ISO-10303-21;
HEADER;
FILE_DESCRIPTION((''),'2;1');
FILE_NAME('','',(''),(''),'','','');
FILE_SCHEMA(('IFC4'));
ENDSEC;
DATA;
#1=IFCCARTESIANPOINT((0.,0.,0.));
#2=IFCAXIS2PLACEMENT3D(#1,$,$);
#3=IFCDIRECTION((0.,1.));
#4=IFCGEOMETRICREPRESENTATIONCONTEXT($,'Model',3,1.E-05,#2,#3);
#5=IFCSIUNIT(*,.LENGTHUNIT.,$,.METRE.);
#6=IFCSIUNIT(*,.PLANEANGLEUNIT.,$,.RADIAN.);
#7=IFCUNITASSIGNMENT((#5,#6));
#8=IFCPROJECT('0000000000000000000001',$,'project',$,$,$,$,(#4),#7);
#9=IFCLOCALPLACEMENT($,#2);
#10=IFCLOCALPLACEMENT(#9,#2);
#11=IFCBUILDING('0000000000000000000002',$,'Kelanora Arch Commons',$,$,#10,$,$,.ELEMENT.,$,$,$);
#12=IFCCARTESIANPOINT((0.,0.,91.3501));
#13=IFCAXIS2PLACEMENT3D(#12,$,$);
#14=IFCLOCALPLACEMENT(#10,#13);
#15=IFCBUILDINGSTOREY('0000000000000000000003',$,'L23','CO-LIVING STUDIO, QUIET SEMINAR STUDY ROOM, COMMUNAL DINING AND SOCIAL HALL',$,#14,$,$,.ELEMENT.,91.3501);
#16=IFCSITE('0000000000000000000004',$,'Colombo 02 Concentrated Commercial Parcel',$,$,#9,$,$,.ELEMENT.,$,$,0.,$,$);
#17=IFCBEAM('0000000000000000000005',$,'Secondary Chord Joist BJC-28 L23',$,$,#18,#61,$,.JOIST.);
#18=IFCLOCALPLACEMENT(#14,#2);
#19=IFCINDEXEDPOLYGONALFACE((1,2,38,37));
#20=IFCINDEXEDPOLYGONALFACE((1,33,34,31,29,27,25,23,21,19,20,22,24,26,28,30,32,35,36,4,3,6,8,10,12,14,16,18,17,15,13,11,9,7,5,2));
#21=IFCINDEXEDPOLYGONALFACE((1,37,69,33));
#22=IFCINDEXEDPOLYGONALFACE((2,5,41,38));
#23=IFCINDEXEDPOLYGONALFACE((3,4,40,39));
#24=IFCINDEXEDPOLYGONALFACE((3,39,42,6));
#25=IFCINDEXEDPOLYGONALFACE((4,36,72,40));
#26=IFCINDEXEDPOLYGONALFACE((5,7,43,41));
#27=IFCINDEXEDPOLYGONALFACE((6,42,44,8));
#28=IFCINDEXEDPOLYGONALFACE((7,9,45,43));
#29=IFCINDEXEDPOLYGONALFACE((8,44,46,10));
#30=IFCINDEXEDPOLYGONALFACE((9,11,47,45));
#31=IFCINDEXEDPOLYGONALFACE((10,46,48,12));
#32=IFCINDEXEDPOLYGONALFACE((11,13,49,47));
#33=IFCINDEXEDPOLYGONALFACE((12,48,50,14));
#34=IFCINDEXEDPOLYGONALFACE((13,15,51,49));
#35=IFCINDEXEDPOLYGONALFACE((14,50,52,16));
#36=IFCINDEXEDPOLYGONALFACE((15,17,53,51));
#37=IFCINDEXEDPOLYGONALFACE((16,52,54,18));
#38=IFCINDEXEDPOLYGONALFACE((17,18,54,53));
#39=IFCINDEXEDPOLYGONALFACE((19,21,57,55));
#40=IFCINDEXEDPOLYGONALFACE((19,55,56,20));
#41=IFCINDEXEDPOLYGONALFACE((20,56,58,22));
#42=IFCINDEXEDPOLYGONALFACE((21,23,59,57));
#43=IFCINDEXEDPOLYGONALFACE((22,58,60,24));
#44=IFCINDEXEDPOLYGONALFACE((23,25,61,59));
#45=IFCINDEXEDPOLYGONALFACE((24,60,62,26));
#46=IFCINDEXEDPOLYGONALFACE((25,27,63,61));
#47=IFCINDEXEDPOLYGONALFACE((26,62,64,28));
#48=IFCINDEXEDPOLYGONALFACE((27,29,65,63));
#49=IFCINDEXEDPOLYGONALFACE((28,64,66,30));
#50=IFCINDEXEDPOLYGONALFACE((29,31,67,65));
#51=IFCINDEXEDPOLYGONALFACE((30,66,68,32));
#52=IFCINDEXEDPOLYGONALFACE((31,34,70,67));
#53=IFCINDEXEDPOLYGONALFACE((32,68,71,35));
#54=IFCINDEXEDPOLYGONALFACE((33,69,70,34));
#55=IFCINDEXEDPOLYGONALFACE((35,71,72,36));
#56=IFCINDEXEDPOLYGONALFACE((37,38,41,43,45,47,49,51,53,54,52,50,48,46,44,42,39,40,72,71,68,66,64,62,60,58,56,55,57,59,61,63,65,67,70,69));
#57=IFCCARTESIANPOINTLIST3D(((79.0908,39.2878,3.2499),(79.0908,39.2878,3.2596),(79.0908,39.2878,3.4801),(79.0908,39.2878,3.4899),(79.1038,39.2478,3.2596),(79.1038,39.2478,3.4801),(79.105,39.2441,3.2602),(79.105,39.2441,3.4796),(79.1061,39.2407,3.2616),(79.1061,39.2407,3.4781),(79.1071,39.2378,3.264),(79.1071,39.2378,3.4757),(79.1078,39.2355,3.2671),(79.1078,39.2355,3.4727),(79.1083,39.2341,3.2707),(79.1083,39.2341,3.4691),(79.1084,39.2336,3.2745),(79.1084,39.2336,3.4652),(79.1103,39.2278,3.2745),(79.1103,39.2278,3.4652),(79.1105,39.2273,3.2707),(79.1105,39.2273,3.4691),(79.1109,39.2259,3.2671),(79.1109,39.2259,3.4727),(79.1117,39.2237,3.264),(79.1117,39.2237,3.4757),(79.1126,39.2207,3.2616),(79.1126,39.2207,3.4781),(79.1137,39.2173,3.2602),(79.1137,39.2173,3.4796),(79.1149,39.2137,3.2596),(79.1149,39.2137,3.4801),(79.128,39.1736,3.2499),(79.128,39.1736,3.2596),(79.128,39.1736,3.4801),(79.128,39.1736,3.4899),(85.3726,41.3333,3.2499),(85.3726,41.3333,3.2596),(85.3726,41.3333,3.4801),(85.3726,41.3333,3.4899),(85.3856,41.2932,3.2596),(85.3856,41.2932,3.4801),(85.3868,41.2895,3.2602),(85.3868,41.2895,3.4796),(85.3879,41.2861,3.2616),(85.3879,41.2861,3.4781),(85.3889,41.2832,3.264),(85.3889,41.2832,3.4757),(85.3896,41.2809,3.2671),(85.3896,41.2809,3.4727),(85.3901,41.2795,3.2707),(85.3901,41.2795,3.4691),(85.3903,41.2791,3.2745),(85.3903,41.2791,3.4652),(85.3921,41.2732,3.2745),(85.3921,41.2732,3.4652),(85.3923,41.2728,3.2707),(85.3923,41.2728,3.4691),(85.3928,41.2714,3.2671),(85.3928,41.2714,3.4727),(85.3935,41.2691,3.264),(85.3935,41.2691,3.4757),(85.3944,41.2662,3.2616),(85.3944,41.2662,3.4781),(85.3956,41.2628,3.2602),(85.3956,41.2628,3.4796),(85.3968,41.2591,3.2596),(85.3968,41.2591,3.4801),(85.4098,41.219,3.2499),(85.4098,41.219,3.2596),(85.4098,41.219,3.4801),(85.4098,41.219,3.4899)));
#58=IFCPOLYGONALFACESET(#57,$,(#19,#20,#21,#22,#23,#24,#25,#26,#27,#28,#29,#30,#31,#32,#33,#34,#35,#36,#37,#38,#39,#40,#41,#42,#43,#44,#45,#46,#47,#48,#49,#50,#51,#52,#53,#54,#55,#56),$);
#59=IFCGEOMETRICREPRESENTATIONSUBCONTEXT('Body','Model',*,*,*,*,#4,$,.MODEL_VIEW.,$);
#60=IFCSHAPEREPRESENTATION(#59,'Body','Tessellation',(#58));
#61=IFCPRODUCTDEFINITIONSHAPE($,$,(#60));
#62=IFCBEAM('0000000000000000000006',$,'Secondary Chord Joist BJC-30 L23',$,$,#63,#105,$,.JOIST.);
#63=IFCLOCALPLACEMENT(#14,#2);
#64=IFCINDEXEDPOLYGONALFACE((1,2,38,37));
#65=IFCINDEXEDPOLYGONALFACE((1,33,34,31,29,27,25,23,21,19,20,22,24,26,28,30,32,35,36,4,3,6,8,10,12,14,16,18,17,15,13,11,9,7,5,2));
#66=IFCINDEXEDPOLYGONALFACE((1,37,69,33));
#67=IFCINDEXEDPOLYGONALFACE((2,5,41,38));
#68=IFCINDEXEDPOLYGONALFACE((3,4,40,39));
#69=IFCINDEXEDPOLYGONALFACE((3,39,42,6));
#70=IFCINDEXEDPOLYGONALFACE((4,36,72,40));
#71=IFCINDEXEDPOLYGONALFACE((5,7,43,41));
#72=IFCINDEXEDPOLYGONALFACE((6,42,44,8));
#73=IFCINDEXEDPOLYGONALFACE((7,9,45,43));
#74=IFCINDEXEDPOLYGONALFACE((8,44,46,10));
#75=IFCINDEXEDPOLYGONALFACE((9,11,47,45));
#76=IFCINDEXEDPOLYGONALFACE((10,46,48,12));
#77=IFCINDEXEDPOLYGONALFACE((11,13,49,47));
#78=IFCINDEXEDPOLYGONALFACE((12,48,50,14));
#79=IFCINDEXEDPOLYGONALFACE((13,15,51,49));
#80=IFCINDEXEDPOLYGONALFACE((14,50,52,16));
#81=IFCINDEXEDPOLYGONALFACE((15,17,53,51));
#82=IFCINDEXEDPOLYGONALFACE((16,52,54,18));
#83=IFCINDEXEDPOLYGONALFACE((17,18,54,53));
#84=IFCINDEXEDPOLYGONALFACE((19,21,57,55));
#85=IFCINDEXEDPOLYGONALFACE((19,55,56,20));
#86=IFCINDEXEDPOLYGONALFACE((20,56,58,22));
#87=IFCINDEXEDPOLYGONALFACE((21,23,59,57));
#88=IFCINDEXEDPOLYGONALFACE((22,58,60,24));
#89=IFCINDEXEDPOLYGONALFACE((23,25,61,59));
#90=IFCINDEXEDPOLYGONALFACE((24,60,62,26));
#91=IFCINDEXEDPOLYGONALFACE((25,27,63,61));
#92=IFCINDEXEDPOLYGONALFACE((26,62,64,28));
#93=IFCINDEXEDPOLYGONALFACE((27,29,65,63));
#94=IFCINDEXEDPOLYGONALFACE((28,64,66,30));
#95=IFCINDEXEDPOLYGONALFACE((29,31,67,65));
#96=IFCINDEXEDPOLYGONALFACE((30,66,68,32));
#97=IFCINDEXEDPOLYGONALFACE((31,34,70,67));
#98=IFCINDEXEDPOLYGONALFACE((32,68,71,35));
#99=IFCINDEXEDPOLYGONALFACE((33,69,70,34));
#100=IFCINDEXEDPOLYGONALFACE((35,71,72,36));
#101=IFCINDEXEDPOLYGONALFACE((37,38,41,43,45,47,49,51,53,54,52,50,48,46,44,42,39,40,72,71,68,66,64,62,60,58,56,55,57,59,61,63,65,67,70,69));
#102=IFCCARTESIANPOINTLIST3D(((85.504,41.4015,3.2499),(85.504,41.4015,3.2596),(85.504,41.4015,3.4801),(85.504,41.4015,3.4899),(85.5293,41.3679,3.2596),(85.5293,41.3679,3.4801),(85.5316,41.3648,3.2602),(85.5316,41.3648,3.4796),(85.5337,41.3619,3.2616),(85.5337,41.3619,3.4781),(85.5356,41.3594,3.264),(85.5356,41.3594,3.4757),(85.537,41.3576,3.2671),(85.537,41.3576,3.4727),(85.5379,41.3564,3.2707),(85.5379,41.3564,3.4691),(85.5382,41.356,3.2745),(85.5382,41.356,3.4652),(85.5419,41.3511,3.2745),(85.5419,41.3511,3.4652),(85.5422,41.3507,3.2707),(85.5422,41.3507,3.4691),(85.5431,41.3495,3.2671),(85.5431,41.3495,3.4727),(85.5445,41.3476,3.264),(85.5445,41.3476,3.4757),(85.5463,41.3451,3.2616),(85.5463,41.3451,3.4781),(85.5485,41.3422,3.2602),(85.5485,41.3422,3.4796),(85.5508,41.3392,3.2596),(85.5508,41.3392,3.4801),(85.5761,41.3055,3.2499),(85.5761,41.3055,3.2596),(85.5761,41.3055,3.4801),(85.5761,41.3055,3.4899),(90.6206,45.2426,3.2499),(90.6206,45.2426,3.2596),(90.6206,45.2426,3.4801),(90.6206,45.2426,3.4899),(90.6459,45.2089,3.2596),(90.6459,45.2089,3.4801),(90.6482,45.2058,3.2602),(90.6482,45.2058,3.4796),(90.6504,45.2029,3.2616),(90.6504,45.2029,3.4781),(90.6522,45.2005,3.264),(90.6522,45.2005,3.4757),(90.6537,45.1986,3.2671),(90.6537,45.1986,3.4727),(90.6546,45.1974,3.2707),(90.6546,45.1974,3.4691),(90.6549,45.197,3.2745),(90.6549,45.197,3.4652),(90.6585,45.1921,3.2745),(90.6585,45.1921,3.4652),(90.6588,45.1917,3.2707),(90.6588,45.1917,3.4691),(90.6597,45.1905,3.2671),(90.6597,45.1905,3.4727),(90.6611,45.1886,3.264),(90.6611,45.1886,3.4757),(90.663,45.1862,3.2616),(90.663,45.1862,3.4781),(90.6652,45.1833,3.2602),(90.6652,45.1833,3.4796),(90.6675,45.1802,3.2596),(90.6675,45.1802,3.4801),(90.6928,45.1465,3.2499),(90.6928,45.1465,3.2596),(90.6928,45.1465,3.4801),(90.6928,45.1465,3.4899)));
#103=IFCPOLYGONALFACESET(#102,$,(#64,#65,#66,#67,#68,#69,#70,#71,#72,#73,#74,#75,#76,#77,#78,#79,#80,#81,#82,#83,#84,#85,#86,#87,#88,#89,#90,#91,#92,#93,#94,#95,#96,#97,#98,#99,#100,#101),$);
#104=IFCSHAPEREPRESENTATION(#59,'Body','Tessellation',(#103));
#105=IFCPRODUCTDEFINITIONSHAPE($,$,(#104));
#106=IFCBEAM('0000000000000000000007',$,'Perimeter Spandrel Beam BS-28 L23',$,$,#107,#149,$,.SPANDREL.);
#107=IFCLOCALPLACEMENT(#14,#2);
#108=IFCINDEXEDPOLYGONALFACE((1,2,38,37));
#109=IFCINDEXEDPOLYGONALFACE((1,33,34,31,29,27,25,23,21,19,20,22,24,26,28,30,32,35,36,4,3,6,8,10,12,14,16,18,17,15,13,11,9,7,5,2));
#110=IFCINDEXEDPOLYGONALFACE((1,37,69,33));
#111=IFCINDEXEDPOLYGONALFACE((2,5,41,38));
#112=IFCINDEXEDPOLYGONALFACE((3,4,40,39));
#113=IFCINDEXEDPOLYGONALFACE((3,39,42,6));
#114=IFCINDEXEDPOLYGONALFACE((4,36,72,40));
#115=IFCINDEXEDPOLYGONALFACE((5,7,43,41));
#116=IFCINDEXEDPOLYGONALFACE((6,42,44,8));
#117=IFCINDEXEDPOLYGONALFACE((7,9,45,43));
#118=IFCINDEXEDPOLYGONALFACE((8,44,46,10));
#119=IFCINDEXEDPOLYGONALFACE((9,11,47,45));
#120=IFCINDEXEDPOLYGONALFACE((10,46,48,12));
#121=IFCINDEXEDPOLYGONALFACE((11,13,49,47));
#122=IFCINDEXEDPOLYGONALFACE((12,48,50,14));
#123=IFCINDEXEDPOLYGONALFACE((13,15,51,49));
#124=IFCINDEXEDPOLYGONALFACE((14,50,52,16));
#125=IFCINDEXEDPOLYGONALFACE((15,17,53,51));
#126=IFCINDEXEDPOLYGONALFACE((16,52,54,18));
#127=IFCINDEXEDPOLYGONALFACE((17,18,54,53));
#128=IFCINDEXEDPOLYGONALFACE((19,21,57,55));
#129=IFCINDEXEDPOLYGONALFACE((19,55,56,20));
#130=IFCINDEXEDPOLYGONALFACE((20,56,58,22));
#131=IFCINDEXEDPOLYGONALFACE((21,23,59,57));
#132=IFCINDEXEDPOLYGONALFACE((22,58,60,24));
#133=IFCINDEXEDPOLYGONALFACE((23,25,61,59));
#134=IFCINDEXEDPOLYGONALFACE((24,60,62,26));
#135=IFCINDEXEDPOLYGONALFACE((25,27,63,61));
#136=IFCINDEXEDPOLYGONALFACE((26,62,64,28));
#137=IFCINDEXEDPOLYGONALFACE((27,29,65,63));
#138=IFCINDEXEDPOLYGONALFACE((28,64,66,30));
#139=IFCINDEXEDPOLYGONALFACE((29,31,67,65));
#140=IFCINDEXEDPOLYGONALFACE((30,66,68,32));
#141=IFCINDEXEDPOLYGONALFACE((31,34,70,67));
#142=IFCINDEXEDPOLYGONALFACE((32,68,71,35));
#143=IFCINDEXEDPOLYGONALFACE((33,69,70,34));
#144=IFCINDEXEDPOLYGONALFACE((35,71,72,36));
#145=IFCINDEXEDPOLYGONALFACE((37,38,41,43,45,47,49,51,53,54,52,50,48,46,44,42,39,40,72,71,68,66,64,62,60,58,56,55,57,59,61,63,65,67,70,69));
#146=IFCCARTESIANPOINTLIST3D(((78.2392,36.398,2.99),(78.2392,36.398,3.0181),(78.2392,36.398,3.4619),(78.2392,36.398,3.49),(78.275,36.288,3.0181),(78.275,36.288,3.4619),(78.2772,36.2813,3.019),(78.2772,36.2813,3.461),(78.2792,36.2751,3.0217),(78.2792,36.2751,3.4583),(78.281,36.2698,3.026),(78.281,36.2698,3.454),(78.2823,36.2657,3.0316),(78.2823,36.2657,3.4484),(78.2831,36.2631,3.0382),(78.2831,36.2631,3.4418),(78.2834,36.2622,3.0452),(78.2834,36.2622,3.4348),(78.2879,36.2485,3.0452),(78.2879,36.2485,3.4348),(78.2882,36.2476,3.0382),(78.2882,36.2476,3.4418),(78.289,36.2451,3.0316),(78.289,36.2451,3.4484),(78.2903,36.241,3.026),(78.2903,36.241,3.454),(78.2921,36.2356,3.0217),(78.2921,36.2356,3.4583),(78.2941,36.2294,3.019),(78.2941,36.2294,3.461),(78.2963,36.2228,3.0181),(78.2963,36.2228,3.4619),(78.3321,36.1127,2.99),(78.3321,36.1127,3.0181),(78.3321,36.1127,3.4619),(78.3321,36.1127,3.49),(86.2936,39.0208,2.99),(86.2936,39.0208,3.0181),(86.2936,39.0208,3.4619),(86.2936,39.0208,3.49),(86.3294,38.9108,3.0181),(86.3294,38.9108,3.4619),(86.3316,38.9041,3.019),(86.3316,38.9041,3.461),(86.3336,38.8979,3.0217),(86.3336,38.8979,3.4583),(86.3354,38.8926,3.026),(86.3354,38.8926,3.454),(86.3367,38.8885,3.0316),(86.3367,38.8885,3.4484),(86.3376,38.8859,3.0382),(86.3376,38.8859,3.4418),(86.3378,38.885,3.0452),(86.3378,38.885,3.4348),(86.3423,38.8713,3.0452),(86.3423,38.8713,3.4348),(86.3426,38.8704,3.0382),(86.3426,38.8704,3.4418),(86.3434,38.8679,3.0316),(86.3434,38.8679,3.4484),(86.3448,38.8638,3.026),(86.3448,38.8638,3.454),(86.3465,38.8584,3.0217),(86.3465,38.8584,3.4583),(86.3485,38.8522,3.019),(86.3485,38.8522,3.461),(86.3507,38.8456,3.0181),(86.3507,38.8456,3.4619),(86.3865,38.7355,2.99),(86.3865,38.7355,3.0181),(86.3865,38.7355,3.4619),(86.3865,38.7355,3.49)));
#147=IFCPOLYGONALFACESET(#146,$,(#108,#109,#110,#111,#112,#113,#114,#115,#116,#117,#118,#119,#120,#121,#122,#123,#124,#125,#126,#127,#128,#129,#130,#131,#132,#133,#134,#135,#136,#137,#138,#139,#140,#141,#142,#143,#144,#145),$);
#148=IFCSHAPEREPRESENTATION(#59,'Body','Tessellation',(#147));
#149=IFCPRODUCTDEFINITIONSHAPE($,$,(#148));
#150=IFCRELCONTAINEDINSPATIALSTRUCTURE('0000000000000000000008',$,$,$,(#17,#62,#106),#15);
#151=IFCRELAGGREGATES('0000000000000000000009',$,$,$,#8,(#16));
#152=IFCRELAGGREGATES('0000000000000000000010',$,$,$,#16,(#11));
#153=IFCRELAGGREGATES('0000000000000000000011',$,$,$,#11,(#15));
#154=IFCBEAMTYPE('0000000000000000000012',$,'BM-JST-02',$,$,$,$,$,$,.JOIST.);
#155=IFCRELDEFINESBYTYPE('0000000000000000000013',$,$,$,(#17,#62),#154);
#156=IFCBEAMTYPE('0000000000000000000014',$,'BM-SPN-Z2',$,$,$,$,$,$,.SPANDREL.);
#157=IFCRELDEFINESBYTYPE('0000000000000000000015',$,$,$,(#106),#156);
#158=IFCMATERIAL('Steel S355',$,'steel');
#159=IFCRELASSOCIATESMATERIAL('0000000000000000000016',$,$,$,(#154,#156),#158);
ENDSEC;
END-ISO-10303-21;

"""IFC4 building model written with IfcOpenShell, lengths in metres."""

from ifc_helpers import new_model, si_unit, direction, frame, origin, origin_2d, place, context, subcontext, project, spatial, i_section, extrude, material, material_profile, profile_set, type_object, element, save


model = new_model("IFC4")

# Units and contexts
model_context = context("Model", 3, precision=1e-05, world=origin(), true_north=direction((0.0, 1.0)))
body_context = subcontext(model_context, "Body", "Model", "MODEL_VIEW")
ifc_project = project(units=[si_unit("LENGTHUNIT", "METRE"), si_unit("PLANEANGLEUNIT", "RADIAN")], contexts=[model_context])

# Site, building, storey
site_placement = place(None, origin())
site = spatial("IfcSite", under=ifc_project, at=site_placement, Name="Colombo 02 Concentrated Commercial Parcel", CompositionType="ELEMENT", RefElevation=0.0)
building_placement = place(site_placement, origin())
building = spatial("IfcBuilding", under=site, at=building_placement, Name="Kelanora Arch Commons", CompositionType="ELEMENT")
storey_placement = place(building_placement, frame((0.0, 0.0, 91.3501)))
storey = spatial("IfcBuildingStorey", under=building, at=storey_placement, Name="L23", Description="CO-LIVING STUDIO, QUIET SEMINAR STUDY ROOM, COMMUNAL DINING AND SOCIAL HALL", CompositionType="ELEMENT", Elevation=91.3501)

# Beams
ifc_material_1 = material(Name="Steel S355", Category="steel")
ifc_material_profile_1 = material_profile(ifc_material_1, i_section(OverallWidth=0.1201, OverallDepth=0.24, WebThickness=0.0061, FlangeThickness=0.0098, FilletRadius=0.0149, at=origin_2d()), Name="IPE240")
ifc_profile_set_1 = profile_set([ifc_material_profile_1], Name="Steel S355")
beam_type_1 = type_object("IfcBeamType", Name="BM-JST-02", PredefinedType="JOIST", material=ifc_profile_set_1)
beam_1_placement = place(storey_placement, frame((79.1094, 39.2307, 3.3699), z_axis=(0.950863, 0.309612, 0.0), x_axis=(-0.309612, 0.950863, 0.0)))
element("IfcBeam", 1, at=beam_1_placement, inside=storey, type_object=beam_type_1, Name="Secondary Chord Joist BJC-28 L23", PredefinedType="JOIST", context=body_context, shape_type="SweptSolid", body=[
    extrude(i_section(OverallWidth=0.1201, OverallDepth=0.24, WebThickness=0.0061, FlangeThickness=0.0098, FilletRadius=0.0149, at=origin_2d()), origin(), (0.0, 0.0, 1.0), 6.6064),
])
beam_2_placement = place(storey_placement, frame((85.54, 41.3535, 3.3699), z_axis=(0.799734, 0.600354, 0.0), x_axis=(-0.600354, 0.799734, 0.0)))
element("IfcBeam", 2, at=beam_2_placement, inside=storey, type_object=beam_type_1, Name="Secondary Chord Joist BJC-30 L23", PredefinedType="JOIST", context=body_context, shape_type="SweptSolid", body=[
    extrude(i_section(OverallWidth=0.1201, OverallDepth=0.24, WebThickness=0.0061, FlangeThickness=0.0098, FilletRadius=0.0149, at=origin_2d()), origin(), (0.0, 0.0, 1.0), 6.3979),
])
ifc_material_profile_2 = material_profile(ifc_material_1, i_section(OverallWidth=0.3, OverallDepth=0.5, WebThickness=0.0144, FlangeThickness=0.0281, FilletRadius=0.0271, at=origin_2d()), Name="HEB500")
ifc_profile_set_2 = profile_set([ifc_material_profile_2], Name="Steel S355")
beam_type_2 = type_object("IfcBeamType", Name="BM-SPN-Z2", PredefinedType="SPANDREL", material=ifc_profile_set_2)
beam_3_placement = place(storey_placement, frame((78.2856, 36.2554, 3.24), z_axis=(0.950857, 0.309631, 0.0), x_axis=(-0.309631, 0.950857, 0.0)))
element("IfcBeam", 3, at=beam_3_placement, inside=storey, type_object=beam_type_2, Name="Perimeter Spandrel Beam BS-28 L23", PredefinedType="SPANDREL", context=body_context, shape_type="SweptSolid", body=[
    extrude(i_section(OverallWidth=0.3, OverallDepth=0.5, WebThickness=0.0144, FlangeThickness=0.0281, FilletRadius=0.0271, at=origin_2d()), origin(), (0.0, 0.0, 1.0), 8.4707),
])

save(model, "model.ifc")
